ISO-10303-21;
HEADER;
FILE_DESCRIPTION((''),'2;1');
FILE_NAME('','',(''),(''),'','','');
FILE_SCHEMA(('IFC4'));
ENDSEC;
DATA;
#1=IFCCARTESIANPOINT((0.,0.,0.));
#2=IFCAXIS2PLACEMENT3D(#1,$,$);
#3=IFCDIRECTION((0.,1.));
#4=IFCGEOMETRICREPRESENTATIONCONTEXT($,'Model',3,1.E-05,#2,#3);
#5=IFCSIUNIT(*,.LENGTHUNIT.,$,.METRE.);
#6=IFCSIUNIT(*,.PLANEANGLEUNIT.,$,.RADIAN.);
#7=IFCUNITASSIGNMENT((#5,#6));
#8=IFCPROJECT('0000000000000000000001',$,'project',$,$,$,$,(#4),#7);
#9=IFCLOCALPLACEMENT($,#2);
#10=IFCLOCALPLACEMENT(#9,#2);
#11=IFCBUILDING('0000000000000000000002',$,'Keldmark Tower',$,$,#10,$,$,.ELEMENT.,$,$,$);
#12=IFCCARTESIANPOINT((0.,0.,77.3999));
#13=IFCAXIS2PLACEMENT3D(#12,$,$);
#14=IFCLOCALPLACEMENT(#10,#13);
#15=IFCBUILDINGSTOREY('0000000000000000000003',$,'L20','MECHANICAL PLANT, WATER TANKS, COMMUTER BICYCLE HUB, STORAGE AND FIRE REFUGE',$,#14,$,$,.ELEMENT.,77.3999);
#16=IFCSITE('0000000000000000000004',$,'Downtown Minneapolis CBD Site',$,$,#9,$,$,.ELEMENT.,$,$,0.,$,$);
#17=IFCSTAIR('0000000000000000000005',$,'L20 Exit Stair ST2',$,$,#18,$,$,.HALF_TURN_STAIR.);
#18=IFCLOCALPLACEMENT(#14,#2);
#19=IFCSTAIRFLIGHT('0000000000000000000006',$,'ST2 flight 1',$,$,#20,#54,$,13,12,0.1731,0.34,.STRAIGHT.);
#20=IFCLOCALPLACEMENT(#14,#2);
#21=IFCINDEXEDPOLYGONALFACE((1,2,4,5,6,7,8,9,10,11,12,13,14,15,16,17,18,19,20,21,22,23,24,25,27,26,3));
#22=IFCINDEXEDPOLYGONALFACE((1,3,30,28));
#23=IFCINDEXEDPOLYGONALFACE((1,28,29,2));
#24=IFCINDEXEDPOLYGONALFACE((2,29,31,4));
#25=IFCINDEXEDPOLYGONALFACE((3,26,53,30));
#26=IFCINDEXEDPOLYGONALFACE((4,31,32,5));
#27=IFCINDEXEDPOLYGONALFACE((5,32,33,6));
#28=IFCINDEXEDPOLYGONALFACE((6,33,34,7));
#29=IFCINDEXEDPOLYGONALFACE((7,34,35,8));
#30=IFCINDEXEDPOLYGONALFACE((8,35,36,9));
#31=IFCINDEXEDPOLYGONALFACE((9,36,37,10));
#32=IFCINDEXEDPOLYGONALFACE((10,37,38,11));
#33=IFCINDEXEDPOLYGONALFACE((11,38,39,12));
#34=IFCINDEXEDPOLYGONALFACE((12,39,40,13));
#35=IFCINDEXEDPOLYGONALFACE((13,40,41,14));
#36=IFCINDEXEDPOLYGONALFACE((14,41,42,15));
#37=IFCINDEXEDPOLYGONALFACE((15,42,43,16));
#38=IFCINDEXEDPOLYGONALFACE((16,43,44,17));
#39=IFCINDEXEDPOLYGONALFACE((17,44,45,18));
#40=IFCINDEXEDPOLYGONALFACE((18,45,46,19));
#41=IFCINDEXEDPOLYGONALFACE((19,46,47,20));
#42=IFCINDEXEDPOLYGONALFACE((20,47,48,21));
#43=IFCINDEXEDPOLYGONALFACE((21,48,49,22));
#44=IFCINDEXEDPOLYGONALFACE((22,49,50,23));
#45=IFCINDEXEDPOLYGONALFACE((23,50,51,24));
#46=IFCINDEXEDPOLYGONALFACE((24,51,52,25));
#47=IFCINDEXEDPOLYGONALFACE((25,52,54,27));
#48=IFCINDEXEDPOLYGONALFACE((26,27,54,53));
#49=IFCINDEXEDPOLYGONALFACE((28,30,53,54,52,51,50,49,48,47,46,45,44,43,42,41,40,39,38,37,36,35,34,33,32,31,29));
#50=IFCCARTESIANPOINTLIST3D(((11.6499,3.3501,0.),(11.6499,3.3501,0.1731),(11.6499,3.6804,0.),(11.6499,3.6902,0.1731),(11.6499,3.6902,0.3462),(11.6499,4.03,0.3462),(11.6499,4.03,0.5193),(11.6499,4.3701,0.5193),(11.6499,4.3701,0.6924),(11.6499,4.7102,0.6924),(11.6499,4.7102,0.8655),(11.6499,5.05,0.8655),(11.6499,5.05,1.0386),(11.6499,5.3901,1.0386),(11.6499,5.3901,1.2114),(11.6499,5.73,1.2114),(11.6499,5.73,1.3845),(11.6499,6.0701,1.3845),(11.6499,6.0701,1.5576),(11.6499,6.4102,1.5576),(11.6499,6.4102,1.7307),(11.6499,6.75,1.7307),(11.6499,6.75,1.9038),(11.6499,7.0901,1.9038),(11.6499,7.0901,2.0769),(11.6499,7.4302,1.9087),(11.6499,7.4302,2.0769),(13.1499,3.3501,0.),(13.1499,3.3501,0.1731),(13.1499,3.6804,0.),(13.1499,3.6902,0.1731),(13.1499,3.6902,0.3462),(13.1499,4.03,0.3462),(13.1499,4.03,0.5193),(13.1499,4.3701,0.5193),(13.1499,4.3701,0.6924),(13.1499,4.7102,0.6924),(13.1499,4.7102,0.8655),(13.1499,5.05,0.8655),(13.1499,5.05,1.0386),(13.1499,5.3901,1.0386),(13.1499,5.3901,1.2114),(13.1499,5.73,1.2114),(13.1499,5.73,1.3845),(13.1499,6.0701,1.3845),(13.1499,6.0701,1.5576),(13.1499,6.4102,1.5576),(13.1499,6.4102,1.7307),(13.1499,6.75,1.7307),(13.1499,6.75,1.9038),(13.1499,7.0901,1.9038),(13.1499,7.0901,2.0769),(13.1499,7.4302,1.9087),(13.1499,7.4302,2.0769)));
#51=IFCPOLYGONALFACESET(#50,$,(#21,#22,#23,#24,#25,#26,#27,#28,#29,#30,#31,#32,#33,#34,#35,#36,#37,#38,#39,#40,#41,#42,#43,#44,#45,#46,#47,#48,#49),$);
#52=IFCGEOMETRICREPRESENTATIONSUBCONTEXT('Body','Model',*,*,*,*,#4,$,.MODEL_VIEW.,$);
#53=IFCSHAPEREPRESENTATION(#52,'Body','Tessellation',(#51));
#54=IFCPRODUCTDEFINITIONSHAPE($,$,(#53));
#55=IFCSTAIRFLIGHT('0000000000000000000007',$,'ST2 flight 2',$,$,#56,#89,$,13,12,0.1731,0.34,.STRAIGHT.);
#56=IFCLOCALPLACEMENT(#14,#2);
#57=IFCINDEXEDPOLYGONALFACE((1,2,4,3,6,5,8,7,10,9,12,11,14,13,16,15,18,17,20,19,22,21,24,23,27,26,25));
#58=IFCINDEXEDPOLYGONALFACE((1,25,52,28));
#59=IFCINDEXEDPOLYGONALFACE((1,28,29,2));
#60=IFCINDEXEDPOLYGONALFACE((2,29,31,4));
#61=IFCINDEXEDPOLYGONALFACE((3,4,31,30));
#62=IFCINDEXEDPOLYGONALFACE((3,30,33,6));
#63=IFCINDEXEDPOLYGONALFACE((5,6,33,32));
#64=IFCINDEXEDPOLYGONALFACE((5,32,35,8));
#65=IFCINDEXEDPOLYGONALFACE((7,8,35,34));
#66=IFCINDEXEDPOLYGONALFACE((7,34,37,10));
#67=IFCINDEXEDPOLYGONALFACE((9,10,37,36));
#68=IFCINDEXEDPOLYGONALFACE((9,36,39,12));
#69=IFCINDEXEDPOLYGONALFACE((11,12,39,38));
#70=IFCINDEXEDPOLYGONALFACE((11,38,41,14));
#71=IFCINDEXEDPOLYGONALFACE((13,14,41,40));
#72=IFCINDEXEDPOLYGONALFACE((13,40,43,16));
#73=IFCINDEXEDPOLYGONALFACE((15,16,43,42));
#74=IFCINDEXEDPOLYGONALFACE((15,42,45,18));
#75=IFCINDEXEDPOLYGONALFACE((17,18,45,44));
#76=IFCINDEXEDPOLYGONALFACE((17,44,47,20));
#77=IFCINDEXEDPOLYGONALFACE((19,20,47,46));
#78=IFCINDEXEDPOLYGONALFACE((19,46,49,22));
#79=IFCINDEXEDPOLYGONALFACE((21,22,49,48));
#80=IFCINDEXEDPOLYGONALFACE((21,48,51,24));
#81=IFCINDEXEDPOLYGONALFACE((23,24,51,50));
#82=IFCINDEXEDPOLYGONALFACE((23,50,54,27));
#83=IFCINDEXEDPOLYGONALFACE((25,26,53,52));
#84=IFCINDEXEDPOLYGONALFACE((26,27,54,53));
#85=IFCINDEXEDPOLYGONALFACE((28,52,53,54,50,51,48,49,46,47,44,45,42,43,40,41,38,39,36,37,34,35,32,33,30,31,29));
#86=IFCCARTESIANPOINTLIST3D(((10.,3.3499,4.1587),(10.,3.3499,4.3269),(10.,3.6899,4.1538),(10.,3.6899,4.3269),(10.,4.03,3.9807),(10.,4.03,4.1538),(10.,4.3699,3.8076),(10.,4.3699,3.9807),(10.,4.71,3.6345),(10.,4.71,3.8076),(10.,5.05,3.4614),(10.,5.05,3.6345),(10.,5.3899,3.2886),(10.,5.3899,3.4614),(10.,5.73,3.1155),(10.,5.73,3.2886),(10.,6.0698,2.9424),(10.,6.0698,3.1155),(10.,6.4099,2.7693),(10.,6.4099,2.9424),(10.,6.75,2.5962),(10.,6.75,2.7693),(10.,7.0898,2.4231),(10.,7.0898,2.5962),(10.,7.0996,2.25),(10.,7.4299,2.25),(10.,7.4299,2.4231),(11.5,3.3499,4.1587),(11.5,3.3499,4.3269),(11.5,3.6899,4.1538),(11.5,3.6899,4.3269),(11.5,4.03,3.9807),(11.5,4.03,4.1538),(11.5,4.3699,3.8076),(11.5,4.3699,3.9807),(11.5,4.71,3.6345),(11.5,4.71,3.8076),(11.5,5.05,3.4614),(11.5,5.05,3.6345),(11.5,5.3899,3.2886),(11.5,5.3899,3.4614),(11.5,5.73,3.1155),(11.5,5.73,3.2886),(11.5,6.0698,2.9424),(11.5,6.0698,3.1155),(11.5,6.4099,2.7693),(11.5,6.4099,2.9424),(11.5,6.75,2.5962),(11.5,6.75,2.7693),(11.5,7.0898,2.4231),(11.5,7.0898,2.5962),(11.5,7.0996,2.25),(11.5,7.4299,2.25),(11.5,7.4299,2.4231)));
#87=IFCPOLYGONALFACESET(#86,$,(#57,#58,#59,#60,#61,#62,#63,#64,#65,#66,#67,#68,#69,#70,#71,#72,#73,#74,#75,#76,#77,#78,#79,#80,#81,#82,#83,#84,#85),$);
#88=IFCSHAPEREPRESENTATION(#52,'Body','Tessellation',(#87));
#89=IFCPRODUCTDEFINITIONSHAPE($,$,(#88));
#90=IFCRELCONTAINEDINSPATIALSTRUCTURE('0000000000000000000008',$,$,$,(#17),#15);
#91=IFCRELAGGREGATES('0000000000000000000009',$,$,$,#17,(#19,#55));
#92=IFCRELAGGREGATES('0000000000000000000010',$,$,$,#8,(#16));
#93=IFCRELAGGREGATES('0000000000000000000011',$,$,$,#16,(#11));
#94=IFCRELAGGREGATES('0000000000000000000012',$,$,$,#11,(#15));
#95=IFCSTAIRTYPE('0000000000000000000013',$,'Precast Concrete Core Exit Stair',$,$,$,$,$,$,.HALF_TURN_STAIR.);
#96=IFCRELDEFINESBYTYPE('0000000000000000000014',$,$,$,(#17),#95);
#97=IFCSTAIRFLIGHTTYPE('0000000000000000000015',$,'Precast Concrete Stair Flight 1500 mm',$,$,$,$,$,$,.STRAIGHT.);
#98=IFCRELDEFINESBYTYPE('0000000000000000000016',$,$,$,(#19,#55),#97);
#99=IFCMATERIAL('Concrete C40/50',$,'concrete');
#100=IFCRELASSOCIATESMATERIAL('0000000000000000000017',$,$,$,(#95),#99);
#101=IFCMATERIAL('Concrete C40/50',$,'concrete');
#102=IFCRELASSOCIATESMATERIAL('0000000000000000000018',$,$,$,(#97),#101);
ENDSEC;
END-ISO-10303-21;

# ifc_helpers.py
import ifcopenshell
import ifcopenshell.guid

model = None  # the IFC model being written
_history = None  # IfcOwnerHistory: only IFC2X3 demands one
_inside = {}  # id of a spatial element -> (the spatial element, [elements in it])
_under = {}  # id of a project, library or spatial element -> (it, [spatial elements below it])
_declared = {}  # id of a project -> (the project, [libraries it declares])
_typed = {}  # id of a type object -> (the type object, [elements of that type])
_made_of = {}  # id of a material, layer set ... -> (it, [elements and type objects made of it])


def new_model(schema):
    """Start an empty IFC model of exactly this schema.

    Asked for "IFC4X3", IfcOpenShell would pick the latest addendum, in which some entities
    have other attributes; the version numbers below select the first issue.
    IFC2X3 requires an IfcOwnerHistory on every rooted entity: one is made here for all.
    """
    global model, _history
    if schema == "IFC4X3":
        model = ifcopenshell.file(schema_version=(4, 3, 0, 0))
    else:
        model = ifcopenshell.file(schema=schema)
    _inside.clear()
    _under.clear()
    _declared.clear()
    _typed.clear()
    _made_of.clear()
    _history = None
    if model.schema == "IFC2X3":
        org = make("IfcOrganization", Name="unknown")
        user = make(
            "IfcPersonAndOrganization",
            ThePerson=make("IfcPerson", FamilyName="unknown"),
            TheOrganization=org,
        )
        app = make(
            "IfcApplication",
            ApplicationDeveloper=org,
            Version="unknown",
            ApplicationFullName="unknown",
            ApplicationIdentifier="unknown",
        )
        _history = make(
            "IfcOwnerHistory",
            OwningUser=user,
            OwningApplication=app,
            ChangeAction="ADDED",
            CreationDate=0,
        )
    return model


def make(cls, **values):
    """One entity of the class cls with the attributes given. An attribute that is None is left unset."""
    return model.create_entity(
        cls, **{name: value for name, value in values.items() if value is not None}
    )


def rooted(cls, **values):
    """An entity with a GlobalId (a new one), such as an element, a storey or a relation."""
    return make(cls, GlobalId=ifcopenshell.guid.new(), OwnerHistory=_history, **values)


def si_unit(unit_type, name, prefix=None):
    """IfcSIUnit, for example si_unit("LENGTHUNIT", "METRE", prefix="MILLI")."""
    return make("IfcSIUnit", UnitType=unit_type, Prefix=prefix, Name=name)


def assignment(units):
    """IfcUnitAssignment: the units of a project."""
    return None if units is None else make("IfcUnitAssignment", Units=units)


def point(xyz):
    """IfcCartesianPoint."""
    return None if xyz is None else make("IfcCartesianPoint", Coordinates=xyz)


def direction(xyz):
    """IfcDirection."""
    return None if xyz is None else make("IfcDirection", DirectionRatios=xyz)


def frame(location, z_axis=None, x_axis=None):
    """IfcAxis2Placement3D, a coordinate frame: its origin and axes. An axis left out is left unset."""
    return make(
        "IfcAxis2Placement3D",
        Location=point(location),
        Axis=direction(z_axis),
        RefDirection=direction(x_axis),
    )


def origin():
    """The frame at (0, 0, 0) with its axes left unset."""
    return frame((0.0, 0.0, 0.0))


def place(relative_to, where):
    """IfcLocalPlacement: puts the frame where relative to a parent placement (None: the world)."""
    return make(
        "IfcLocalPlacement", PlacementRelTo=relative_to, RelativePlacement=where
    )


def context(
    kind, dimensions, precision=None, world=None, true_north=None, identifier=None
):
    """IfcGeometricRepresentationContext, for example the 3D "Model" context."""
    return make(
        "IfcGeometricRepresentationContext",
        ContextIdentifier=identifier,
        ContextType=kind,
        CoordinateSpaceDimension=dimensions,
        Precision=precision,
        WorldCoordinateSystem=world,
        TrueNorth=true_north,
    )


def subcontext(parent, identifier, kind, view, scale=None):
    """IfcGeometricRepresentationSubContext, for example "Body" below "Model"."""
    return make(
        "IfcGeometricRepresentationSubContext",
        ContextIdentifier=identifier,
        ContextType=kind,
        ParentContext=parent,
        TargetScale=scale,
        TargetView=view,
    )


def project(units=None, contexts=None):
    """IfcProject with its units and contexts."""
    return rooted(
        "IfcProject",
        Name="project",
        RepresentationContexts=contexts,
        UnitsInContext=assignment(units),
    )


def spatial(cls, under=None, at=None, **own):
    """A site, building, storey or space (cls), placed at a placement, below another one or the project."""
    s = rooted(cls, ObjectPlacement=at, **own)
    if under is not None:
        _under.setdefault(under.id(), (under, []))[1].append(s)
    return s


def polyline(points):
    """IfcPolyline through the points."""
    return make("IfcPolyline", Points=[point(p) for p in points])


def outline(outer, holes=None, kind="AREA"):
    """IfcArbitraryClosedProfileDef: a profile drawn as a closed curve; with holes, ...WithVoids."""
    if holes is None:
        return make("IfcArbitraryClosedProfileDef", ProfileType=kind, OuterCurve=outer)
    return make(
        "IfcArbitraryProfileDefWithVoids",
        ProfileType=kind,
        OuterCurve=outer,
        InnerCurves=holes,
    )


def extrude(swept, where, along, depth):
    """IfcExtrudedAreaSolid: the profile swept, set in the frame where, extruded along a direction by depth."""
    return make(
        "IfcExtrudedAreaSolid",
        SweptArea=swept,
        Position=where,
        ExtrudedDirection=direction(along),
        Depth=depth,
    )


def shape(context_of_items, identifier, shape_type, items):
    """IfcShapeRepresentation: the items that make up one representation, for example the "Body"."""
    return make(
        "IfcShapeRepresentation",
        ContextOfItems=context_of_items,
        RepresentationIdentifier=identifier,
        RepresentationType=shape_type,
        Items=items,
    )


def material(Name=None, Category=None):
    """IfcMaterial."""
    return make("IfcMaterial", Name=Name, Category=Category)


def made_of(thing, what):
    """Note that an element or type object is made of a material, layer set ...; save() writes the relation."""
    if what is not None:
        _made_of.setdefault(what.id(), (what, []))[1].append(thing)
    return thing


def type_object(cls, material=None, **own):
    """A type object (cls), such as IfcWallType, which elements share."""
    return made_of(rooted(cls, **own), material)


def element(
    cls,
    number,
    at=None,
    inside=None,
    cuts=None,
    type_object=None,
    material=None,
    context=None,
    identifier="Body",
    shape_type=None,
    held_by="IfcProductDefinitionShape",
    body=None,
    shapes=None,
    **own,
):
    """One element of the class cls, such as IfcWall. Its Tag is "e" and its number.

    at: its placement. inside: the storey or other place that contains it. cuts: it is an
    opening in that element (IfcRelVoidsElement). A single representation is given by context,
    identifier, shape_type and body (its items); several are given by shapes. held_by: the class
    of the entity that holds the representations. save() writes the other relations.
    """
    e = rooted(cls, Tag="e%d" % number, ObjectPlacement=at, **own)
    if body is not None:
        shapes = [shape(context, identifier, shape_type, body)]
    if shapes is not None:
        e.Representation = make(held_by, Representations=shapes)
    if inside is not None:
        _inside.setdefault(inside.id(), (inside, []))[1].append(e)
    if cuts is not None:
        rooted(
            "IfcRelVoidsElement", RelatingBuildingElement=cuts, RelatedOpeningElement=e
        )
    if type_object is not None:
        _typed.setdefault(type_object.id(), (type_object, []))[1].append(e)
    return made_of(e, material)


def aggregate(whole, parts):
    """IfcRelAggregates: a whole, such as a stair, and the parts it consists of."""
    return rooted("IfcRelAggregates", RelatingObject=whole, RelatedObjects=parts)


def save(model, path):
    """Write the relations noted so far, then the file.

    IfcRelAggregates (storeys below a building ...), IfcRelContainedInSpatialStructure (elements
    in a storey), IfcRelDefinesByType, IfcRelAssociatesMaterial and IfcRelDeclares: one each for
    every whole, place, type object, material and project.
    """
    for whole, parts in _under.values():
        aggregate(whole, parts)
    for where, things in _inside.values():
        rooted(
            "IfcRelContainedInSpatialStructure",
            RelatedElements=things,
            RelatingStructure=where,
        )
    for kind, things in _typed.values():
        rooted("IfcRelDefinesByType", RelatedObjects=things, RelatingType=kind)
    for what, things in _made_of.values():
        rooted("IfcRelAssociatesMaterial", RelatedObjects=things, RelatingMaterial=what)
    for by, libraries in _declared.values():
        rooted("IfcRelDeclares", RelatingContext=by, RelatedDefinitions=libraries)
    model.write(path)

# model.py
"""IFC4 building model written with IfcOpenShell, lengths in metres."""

from ifc_helpers import new_model, si_unit, direction, frame, origin, place, context, subcontext, project, spatial, polyline, outline, extrude, material, type_object, element, aggregate, save


model = new_model("IFC4")

# Units and contexts
model_context = context("Model", 3, precision=1e-05, world=origin(), true_north=direction((0.0, 1.0)))
body_context = subcontext(model_context, "Body", "Model", "MODEL_VIEW")
ifc_project = project(units=[si_unit("LENGTHUNIT", "METRE"), si_unit("PLANEANGLEUNIT", "RADIAN")], contexts=[model_context])

# Site, building, storey
site_placement = place(None, origin())
site = spatial("IfcSite", under=ifc_project, at=site_placement, Name="Downtown Minneapolis CBD Site", CompositionType="ELEMENT", RefElevation=0.0)
building_placement = place(site_placement, origin())
building = spatial("IfcBuilding", under=site, at=building_placement, Name="Keldmark Tower", CompositionType="ELEMENT")
storey_placement = place(building_placement, frame((0.0, 0.0, 77.3999)))
storey = spatial("IfcBuildingStorey", under=building, at=storey_placement, Name="L20", Description="MECHANICAL PLANT, WATER TANKS, COMMUTER BICYCLE HUB, STORAGE AND FIRE REFUGE", CompositionType="ELEMENT", Elevation=77.3999)

# Stair, stair flights
ifc_material_1 = material(Name="Concrete C40/50", Category="concrete")
stair_type = type_object("IfcStairType", Name="Precast Concrete Core Exit Stair", PredefinedType="HALF_TURN_STAIR", material=ifc_material_1)
stair_placement = place(storey_placement, origin())
stair = element("IfcStair", 1, at=stair_placement, inside=storey, type_object=stair_type, Name="L20 Exit Stair ST2", PredefinedType="HALF_TURN_STAIR")
ifc_material_2 = material(Name="Concrete C40/50", Category="concrete")
stair_flight_type = type_object("IfcStairFlightType", Name="Precast Concrete Stair Flight 1500 mm", PredefinedType="STRAIGHT", material=ifc_material_2)
stair_flight_1_placement = place(storey_placement, frame((12.3999, 3.3501, 0.0), z_axis=(0.0, 0.0, 1.0), x_axis=(0.0, 1.0, 0.0)))
stair_flight_1 = element("IfcStairFlight", 2, at=stair_flight_1_placement, type_object=stair_flight_type, Name="ST2 flight 1", NumberOfRisers=13, NumberOfTreads=12, PredefinedType="STRAIGHT", RiserHeight=0.1731, TreadLength=0.34, context=body_context, shape_type="SweptSolid", body=[
    extrude(outline(polyline([(0.0, 0.0), (0.0, 0.1731), (0.3401, 0.1731), (0.3401, 0.3462), (0.6799, 0.3462), (0.6799, 0.5193), (1.02, 0.5193), (1.02, 0.6924), (1.3601, 0.6924), (1.3601, 0.8655), (1.7, 0.8655), (1.7, 1.0386), (2.04, 1.0386), (2.04, 1.2114), (2.3799, 1.2114), (2.3799, 1.3845), (2.72, 1.3845), (2.72, 1.5576), (3.0601, 1.5576), (3.0601, 1.7307), (3.3999, 1.7307), (3.3999, 1.9038), (3.74, 1.9038), (3.74, 2.0769), (4.0801, 2.0769), (4.0801, 2.25), (4.0801, 1.9087), (0.3303, 0.0), (0.0, 0.0)])), frame((0.0, 0.75, 0.0), z_axis=(0.0, -1.0, 0.0), x_axis=(1.0, 0.0, 0.0)), (0.0, 0.0, 1.0), 1.5),
])
stair_flight_2_placement = place(storey_placement, frame((10.75, 7.4299, 2.25), z_axis=(0.0, 0.0, 1.0), x_axis=(0.0, -1.0, 0.0)))
stair_flight_2 = element("IfcStairFlight", 3, at=stair_flight_2_placement, type_object=stair_flight_type, Name="ST2 flight 2", NumberOfRisers=13, NumberOfTreads=12, PredefinedType="STRAIGHT", RiserHeight=0.1731, TreadLength=0.34, context=body_context, shape_type="SweptSolid", body=[
    extrude(outline(polyline([(0.0, 0.0), (0.0, 0.1731), (0.3401, 0.1731), (0.3401, 0.3462), (0.6799, 0.3462), (0.6799, 0.5193), (1.02, 0.5193), (1.02, 0.6924), (1.3601, 0.6924), (1.3601, 0.8655), (1.7, 0.8655), (1.7, 1.0386), (2.04, 1.0386), (2.04, 1.2114), (2.3799, 1.2114), (2.3799, 1.3845), (2.72, 1.3845), (2.72, 1.5576), (3.0601, 1.5576), (3.0601, 1.7307), (3.3999, 1.7307), (3.3999, 1.9038), (3.74, 1.9038), (3.74, 2.0769), (4.0801, 2.0769), (4.0801, 2.25), (4.0801, 1.9087), (0.3303, 0.0), (0.0, 0.0)])), frame((0.0, 0.75, 0.0), z_axis=(0.0, -1.0, 0.0), x_axis=(1.0, 0.0, 0.0)), (0.0, 0.0, 1.0), 1.5),
])
aggregate(stair, [stair_flight_1, stair_flight_2])

save(model, "model.ifc")
